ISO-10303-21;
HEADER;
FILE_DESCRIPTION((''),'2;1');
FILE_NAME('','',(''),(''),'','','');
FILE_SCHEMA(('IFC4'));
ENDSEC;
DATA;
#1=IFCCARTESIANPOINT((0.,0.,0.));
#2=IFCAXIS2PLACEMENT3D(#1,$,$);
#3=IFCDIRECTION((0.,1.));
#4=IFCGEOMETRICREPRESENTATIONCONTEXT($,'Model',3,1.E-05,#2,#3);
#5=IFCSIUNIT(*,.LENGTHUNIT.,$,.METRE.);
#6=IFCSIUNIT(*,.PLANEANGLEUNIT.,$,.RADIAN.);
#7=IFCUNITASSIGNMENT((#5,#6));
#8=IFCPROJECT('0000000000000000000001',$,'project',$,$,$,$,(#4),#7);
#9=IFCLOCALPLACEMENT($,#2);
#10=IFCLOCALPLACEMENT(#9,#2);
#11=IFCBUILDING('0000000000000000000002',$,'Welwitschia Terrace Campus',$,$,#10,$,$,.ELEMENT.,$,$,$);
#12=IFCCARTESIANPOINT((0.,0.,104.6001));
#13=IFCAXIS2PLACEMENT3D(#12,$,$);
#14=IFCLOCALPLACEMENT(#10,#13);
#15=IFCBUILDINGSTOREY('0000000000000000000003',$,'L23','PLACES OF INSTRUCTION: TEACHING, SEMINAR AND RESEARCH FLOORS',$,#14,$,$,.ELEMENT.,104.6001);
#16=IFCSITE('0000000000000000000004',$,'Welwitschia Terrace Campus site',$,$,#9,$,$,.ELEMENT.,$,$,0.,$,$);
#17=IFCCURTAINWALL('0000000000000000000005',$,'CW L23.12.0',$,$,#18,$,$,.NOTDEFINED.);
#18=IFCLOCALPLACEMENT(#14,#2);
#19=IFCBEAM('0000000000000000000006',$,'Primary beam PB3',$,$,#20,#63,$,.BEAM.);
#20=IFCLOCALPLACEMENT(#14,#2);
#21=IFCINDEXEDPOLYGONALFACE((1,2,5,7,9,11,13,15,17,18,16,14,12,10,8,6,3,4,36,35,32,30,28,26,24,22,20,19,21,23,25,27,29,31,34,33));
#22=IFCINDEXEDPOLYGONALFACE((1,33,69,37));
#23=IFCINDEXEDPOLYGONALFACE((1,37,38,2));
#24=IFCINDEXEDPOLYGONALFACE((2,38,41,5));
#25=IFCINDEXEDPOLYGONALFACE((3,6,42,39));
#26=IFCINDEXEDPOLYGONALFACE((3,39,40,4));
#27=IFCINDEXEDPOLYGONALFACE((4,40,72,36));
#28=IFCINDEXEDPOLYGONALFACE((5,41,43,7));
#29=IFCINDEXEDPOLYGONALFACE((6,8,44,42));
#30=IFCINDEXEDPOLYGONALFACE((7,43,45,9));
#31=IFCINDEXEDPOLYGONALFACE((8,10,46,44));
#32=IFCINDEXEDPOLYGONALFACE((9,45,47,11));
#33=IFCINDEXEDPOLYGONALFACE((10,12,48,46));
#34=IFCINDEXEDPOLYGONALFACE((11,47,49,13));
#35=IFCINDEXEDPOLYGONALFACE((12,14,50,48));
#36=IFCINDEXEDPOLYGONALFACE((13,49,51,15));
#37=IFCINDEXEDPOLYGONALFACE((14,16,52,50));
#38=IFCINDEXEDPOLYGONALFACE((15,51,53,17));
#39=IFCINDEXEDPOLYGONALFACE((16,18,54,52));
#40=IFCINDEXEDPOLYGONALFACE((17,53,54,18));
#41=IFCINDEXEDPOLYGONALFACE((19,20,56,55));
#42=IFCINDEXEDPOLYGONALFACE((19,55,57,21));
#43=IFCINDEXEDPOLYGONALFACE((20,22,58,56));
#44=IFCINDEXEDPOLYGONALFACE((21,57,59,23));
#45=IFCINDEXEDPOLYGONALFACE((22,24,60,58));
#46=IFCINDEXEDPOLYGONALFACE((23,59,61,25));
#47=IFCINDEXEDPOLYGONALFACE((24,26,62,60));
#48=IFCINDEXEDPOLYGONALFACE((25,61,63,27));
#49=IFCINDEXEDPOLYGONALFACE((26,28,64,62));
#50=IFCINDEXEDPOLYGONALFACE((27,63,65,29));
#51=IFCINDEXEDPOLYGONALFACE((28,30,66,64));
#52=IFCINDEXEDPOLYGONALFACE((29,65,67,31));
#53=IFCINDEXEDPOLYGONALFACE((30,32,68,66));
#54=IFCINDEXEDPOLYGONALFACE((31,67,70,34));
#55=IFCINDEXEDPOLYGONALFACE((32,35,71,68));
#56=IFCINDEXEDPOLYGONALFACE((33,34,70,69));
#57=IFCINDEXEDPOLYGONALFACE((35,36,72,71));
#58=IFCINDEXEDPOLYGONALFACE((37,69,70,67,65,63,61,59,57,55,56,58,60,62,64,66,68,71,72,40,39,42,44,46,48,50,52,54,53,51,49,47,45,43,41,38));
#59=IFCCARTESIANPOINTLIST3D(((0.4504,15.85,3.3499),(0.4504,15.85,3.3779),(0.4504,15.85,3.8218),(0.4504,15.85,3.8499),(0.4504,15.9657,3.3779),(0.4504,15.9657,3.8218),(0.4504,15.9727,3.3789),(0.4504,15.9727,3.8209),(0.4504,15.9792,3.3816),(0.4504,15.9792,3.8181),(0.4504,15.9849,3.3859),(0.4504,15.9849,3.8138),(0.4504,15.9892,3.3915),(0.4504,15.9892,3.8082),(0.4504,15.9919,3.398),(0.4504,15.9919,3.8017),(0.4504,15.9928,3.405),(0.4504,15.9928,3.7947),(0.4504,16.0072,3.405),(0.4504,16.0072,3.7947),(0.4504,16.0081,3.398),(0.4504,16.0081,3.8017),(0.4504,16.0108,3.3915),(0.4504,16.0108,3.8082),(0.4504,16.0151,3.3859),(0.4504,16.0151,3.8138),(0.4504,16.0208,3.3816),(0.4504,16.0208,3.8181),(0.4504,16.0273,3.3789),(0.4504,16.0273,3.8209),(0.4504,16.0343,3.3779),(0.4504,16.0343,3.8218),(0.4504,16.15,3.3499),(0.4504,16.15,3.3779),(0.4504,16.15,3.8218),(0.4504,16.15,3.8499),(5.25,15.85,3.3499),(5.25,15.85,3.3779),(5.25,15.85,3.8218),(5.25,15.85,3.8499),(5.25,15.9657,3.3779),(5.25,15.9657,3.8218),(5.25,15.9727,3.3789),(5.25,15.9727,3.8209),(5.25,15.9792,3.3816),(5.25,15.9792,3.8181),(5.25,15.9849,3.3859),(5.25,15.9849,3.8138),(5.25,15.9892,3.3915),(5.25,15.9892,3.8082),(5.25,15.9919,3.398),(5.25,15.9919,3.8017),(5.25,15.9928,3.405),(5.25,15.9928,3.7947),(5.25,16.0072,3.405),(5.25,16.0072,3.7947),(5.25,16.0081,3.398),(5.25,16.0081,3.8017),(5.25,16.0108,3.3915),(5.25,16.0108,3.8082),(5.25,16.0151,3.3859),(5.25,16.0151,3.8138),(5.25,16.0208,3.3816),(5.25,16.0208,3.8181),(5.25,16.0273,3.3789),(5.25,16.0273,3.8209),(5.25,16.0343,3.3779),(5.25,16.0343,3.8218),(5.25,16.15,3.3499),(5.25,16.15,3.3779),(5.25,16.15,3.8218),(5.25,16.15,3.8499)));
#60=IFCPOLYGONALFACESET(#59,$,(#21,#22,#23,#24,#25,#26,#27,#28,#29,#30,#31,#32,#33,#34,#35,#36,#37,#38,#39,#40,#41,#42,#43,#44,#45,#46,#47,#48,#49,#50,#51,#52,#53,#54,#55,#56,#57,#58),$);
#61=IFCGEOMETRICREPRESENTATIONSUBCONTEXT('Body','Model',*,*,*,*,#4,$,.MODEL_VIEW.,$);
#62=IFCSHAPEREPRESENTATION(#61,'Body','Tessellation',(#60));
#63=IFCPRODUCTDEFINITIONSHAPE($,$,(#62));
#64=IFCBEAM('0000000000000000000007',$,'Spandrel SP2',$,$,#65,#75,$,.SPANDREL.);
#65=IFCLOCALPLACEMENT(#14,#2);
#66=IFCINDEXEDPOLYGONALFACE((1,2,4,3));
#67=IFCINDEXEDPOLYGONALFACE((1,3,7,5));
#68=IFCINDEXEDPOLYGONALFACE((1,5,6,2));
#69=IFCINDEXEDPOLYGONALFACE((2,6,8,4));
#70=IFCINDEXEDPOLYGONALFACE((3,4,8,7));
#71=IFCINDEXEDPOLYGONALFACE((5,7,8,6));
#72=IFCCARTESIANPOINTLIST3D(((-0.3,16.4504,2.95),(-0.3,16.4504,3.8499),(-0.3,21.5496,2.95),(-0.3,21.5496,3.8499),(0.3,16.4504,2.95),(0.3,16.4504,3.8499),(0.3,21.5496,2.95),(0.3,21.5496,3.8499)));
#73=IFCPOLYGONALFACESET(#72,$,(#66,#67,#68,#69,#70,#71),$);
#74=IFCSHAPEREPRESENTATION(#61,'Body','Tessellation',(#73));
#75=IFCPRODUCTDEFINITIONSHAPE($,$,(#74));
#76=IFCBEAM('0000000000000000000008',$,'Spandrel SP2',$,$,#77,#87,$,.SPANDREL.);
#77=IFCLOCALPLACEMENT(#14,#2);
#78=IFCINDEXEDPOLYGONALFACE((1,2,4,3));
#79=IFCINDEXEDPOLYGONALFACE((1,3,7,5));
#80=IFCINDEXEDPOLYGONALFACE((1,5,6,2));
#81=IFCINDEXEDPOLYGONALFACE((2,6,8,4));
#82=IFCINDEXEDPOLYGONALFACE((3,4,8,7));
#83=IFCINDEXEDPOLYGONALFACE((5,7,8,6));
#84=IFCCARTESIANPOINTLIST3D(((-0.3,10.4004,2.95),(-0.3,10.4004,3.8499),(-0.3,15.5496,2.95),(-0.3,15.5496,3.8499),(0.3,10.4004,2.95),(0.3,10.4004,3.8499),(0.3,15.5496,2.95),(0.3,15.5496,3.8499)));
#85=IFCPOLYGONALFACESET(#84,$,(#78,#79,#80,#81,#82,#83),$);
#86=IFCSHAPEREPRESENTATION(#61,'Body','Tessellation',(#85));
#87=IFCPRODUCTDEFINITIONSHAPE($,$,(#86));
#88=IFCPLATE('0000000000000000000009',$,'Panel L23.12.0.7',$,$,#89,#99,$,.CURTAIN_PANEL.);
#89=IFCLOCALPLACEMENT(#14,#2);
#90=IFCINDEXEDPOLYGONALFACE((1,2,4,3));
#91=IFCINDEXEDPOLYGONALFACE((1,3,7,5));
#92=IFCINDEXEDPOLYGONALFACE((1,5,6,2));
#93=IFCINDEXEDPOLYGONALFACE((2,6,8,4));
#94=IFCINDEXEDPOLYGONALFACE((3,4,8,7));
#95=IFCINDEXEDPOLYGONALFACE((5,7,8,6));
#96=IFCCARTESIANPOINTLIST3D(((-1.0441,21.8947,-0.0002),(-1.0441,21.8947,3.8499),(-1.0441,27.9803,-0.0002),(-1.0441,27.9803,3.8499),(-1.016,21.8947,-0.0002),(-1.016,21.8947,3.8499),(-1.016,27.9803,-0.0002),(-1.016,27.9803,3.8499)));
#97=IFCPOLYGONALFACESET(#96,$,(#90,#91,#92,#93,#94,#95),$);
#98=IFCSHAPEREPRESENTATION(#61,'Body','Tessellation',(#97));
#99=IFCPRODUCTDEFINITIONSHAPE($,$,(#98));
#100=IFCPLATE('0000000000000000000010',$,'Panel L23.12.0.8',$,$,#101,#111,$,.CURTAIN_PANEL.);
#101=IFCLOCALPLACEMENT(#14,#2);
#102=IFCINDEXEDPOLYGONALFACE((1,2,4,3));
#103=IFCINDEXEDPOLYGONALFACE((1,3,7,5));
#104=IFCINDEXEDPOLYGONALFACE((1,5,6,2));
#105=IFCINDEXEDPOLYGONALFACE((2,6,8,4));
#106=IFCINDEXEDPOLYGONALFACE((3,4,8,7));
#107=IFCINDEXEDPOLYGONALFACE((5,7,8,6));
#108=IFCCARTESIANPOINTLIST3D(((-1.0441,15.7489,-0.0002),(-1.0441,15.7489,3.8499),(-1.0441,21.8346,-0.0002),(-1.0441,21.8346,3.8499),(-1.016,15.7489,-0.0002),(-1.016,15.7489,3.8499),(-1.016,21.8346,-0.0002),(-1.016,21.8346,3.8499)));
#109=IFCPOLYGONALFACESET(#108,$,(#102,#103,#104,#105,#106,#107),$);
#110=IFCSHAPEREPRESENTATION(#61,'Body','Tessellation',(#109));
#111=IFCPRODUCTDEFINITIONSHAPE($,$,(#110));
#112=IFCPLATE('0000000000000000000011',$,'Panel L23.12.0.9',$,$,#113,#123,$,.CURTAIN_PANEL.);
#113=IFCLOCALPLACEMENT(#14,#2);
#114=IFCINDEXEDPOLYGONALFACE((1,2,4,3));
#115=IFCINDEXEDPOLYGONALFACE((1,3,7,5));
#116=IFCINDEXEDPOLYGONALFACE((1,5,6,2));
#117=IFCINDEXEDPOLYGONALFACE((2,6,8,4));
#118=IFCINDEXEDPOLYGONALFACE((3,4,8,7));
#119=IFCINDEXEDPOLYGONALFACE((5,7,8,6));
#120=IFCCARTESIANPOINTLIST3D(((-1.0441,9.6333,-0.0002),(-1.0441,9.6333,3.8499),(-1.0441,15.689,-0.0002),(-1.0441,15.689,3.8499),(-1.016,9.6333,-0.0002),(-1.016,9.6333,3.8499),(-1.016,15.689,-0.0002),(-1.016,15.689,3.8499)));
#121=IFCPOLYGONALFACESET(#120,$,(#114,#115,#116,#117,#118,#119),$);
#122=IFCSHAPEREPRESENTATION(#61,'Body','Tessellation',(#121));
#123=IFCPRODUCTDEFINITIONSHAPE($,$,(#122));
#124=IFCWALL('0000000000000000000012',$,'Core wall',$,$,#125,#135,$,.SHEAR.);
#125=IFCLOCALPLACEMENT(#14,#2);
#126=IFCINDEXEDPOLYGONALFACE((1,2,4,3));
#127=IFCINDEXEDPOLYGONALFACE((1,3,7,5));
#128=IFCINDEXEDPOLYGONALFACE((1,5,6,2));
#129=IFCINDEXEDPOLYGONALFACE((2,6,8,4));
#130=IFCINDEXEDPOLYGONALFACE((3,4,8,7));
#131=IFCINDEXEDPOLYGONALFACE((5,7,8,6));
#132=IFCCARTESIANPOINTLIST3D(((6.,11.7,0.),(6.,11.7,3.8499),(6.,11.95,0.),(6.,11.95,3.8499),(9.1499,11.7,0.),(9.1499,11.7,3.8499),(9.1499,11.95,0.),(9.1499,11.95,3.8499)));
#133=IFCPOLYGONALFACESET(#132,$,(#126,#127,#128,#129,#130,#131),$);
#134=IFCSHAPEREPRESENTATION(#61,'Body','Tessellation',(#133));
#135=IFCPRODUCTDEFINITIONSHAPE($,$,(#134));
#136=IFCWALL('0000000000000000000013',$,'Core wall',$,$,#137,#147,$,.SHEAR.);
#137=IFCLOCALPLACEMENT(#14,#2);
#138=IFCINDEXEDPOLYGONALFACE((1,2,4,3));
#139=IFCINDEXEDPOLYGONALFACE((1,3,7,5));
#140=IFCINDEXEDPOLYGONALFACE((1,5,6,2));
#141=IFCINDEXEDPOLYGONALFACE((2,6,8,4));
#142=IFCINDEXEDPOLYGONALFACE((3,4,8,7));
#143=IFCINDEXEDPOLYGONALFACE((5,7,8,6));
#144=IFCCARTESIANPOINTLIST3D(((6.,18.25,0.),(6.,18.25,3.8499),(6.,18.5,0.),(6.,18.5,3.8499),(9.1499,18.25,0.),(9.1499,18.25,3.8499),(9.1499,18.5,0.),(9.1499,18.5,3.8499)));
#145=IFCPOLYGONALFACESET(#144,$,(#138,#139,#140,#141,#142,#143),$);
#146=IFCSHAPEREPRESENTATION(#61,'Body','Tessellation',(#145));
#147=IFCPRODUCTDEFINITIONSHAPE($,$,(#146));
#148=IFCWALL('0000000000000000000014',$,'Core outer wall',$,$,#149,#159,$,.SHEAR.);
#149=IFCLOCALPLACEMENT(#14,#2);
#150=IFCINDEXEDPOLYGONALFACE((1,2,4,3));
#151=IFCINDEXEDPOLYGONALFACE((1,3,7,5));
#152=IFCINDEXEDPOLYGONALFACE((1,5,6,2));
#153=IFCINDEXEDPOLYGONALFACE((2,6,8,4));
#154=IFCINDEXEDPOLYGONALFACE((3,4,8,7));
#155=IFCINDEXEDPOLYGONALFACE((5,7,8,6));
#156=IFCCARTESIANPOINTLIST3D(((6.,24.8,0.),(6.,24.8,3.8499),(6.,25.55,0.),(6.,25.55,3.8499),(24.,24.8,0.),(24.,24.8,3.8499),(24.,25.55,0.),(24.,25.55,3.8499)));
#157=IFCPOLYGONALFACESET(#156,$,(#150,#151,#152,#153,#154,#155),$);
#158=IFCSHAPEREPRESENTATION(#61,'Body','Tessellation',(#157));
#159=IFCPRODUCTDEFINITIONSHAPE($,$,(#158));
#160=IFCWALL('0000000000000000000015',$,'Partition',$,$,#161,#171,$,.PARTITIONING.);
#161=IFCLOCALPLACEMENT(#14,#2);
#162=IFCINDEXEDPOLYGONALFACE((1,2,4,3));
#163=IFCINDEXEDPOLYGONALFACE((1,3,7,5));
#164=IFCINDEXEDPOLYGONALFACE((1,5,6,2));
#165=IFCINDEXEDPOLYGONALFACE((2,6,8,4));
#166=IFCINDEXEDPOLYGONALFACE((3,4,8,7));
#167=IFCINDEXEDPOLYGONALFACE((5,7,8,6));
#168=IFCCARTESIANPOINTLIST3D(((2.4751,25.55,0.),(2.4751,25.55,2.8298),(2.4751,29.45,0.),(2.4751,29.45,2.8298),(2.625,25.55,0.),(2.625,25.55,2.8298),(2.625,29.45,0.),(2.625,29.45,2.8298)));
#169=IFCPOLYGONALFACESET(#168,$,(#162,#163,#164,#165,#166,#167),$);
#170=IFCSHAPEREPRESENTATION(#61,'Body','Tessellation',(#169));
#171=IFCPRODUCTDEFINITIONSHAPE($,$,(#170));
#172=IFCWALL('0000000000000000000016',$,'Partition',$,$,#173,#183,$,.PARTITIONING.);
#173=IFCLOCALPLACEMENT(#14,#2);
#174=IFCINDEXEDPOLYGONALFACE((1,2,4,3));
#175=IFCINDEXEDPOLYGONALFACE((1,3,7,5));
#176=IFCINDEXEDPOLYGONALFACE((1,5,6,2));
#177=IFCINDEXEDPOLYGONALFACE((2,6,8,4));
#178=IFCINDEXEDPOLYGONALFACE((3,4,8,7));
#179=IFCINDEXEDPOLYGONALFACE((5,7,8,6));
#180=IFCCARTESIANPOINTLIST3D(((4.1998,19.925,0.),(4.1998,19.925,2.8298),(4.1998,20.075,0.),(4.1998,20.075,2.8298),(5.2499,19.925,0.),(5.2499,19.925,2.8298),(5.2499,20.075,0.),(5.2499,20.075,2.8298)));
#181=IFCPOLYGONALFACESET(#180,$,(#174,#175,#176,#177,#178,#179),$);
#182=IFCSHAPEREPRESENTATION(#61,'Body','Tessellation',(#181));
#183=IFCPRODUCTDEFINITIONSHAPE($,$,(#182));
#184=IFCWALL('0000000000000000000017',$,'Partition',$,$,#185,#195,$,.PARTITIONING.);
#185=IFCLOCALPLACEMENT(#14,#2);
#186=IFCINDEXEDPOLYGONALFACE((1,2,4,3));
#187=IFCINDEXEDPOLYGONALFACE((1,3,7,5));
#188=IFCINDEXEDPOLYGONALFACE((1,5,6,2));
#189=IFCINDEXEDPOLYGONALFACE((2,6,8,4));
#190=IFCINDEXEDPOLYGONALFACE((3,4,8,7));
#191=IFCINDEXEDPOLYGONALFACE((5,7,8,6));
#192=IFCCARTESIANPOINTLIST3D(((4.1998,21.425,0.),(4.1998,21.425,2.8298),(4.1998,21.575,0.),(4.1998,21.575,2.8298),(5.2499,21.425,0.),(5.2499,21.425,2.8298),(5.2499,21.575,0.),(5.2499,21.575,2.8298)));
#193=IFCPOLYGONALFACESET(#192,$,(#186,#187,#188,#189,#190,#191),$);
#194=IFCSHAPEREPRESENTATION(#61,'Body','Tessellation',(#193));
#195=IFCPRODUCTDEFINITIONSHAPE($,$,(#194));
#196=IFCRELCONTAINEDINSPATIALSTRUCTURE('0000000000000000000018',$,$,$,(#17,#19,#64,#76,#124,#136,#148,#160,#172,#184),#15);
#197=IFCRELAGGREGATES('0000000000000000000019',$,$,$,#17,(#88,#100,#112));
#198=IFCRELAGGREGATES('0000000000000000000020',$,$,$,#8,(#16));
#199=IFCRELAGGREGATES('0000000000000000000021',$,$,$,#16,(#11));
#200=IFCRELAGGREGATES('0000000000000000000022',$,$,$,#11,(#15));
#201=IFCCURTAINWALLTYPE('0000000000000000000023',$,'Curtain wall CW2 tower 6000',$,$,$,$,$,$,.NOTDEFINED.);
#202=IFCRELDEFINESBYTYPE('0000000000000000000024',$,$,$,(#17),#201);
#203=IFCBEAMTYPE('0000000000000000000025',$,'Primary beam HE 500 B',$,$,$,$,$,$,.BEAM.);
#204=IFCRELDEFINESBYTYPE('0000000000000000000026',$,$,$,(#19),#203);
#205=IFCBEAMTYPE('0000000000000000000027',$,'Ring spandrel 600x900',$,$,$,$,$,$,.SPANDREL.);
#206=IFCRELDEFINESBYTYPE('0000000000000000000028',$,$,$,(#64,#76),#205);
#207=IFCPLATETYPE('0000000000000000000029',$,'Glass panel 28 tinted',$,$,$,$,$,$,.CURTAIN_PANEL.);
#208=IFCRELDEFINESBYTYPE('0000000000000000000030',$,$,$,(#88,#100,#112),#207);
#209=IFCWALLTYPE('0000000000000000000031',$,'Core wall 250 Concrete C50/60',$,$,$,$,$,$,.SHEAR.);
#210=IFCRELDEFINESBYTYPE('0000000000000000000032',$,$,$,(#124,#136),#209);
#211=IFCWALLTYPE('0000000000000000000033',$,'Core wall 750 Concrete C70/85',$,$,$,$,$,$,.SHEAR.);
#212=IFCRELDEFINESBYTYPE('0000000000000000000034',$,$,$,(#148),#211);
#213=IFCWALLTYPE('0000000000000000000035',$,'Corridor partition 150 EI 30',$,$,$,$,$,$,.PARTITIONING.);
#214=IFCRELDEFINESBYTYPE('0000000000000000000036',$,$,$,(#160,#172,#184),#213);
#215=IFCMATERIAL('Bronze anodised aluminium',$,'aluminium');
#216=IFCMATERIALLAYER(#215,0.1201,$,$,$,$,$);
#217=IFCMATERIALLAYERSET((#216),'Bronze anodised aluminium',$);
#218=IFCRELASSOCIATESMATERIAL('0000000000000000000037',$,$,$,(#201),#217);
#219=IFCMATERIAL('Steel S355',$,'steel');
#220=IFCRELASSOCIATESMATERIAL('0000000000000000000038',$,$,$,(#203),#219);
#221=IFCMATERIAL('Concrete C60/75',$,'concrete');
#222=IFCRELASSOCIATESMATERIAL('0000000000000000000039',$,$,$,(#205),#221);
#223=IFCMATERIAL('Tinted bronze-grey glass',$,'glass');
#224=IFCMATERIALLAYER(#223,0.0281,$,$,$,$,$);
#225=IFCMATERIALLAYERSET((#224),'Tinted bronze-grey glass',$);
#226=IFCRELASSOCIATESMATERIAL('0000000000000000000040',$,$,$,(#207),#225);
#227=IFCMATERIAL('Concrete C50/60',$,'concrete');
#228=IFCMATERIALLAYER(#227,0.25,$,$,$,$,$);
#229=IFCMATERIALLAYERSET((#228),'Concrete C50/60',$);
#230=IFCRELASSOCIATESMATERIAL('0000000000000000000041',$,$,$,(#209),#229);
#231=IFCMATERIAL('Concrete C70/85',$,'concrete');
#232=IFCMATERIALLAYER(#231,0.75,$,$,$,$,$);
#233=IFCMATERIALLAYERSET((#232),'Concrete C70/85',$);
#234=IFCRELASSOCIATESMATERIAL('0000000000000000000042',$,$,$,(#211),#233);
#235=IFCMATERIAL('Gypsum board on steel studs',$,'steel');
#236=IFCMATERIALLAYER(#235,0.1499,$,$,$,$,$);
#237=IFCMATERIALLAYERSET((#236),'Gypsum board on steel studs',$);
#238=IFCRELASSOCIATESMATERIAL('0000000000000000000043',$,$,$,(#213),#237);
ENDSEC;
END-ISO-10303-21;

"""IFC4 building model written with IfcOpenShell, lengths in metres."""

from ifc_helpers import new_model, si_unit, direction, frame, frame_2d, origin, origin_2d, place, context, subcontext, project, spatial, rectangle, i_section, extrude, material, layer, layer_set, material_profile, profile_set, type_object, element, aggregate, save


model = new_model("IFC4")

# Units and contexts
model_context = context("Model", 3, precision=1e-05, world=origin(), true_north=direction((0.0, 1.0)))
body_context = subcontext(model_context, "Body", "Model", "MODEL_VIEW")
ifc_project = project(units=[si_unit("LENGTHUNIT", "METRE"), si_unit("PLANEANGLEUNIT", "RADIAN")], contexts=[model_context])

# Site, building, storey
site_placement = place(None, origin())
site = spatial("IfcSite", under=ifc_project, at=site_placement, Name="Welwitschia Terrace Campus site", CompositionType="ELEMENT", RefElevation=0.0)
building_placement = place(site_placement, origin())
building = spatial("IfcBuilding", under=site, at=building_placement, Name="Welwitschia Terrace Campus", CompositionType="ELEMENT")
storey_placement = place(building_placement, frame((0.0, 0.0, 104.6001)))
storey = spatial("IfcBuildingStorey", under=building, at=storey_placement, Name="L23", Description="PLACES OF INSTRUCTION: TEACHING, SEMINAR AND RESEARCH FLOORS", CompositionType="ELEMENT", Elevation=104.6001)

# Curtain wall
ifc_material_1 = material(Name="Bronze anodised aluminium", Category="aluminium")
ifc_layer_1 = layer(ifc_material_1, 0.1201)
ifc_layer_set_1 = layer_set([ifc_layer_1], Name="Bronze anodised aluminium")
curtain_wall_type = type_object("IfcCurtainWallType", Name="Curtain wall CW2 tower 6000", PredefinedType="NOTDEFINED", material=ifc_layer_set_1)
curtain_wall_placement = place(storey_placement, origin())
curtain_wall = element("IfcCurtainWall", 1, at=curtain_wall_placement, inside=storey, type_object=curtain_wall_type, Name="CW L23.12.0", PredefinedType="NOTDEFINED")

# Beams
ifc_material_2 = material(Name="Steel S355", Category="steel")
ifc_material_profile_1 = material_profile(ifc_material_2, i_section(OverallWidth=0.3, OverallDepth=0.5, WebThickness=0.0144, FlangeThickness=0.0281, FilletRadius=0.0271, at=origin_2d()))
ifc_profile_set_1 = profile_set([ifc_material_profile_1], Name="Steel S355")
beam_type_1 = type_object("IfcBeamType", Name="Primary beam HE 500 B", PredefinedType="BEAM", material=ifc_profile_set_1)
beam_1_placement = place(storey_placement, frame((0.4504, 16.0, 3.5999), z_axis=(1.0, 0.0, 0.0), x_axis=(0.0, 1.0, 0.0)))
element("IfcBeam", 2, at=beam_1_placement, inside=storey, type_object=beam_type_1, Name="Primary beam PB3", PredefinedType="BEAM", context=body_context, shape_type="SweptSolid", body=[
    extrude(i_section(OverallWidth=0.3, OverallDepth=0.5, WebThickness=0.0144, FlangeThickness=0.0281, FilletRadius=0.0271, at=origin_2d()), origin(), (0.0, 0.0, 1.0), 4.7996),
])
ifc_material_3 = material(Name="Concrete C60/75", Category="concrete")
ifc_material_profile_2 = material_profile(ifc_material_3, rectangle(XDim=0.6001, YDim=0.8999, at=origin_2d()))
ifc_profile_set_2 = profile_set([ifc_material_profile_2], Name="Concrete C60/75")
beam_type_2 = type_object("IfcBeamType", Name="Ring spandrel 600x900", PredefinedType="SPANDREL", material=ifc_profile_set_2)
beam_2_placement = place(storey_placement, frame((0.0, 21.5496, 3.3999), z_axis=(0.0, -1.0, 0.0), x_axis=(1.0, 0.0, 0.0)))
element("IfcBeam", 3, at=beam_2_placement, inside=storey, type_object=beam_type_2, Name="Spandrel SP2", PredefinedType="SPANDREL", context=body_context, shape_type="SweptSolid", body=[
    extrude(rectangle(XDim=0.6001, YDim=0.8999, at=origin_2d()), origin(), (0.0, 0.0, 1.0), 5.0991),
])
beam_3_placement = place(storey_placement, frame((0.0, 15.5496, 3.3999), z_axis=(0.0, -1.0, 0.0), x_axis=(1.0, 0.0, 0.0)))
element("IfcBeam", 4, at=beam_3_placement, inside=storey, type_object=beam_type_2, Name="Spandrel SP2", PredefinedType="SPANDREL", context=body_context, shape_type="SweptSolid", body=[
    extrude(rectangle(XDim=0.6001, YDim=0.8999, at=origin_2d()), origin(), (0.0, 0.0, 1.0), 5.1492),
])

# Plates
ifc_material_4 = material(Name="Tinted bronze-grey glass", Category="glass")
ifc_layer_2 = layer(ifc_material_4, 0.0281)
ifc_layer_set_2 = layer_set([ifc_layer_2], Name="Tinted bronze-grey glass")
plate_type = type_object("IfcPlateType", Name="Glass panel 28 tinted", PredefinedType="CURTAIN_PANEL", material=ifc_layer_set_2)
plate_1_placement = place(storey_placement, frame((-1.03, 24.9375, -0.0002), z_axis=(0.0, 0.0, 1.0), x_axis=(0.0, -1.0, 0.0)))
plate_1 = element("IfcPlate", 5, at=plate_1_placement, type_object=plate_type, Name="Panel L23.12.0.7", PredefinedType="CURTAIN_PANEL", context=body_context, shape_type="SweptSolid", body=[
    extrude(rectangle(XDim=6.0857, YDim=0.0281, at=origin_2d()), origin(), (0.0, 0.0, 1.0), 3.8501),
])
plate_2_placement = place(storey_placement, frame((-1.03, 18.7917, -0.0002), z_axis=(0.0, 0.0, 1.0), x_axis=(0.0, -1.0, 0.0)))
plate_2 = element("IfcPlate", 6, at=plate_2_placement, type_object=plate_type, Name="Panel L23.12.0.8", PredefinedType="CURTAIN_PANEL", context=body_context, shape_type="SweptSolid", body=[
    extrude(rectangle(XDim=6.0857, YDim=0.0281, at=origin_2d()), origin(), (0.0, 0.0, 1.0), 3.8501),
])
plate_3_placement = place(storey_placement, frame((-1.03, 12.6611, -0.0002), z_axis=(0.0, 0.0, 1.0), x_axis=(0.0, -1.0, 0.0)))
plate_3 = element("IfcPlate", 7, at=plate_3_placement, type_object=plate_type, Name="Panel L23.12.0.9", PredefinedType="CURTAIN_PANEL", context=body_context, shape_type="SweptSolid", body=[
    extrude(rectangle(XDim=6.0557, YDim=0.0281, at=origin_2d()), origin(), (0.0, 0.0, 1.0), 3.8501),
])
aggregate(curtain_wall, [plate_1, plate_2, plate_3])

# Walls
ifc_material_5 = material(Name="Concrete C50/60", Category="concrete")
ifc_layer_3 = layer(ifc_material_5, 0.25)
ifc_layer_set_3 = layer_set([ifc_layer_3], Name="Concrete C50/60")
wall_type_1 = type_object("IfcWallType", Name="Core wall 250 Concrete C50/60", PredefinedType="SHEAR", material=ifc_layer_set_3)
for number, where, z_axis, x_axis, name in (
    (8, (6.0, 11.825, 0.0), (0.0, 0.0, 1.0), (1.0, 0.0, 0.0), "Core wall"),
    (9, (6.0, 18.375, 0.0), (0.0, 0.0, 1.0), (1.0, 0.0, 0.0), "Core wall"),
):
    element("IfcWall", number, at=place(storey_placement, frame(where, z_axis=z_axis, x_axis=x_axis)), inside=storey, type_object=wall_type_1, Name=name, PredefinedType="SHEAR", context=body_context, shape_type="SweptSolid", body=[
        extrude(rectangle(XDim=3.1499, YDim=0.25, at=frame_2d((1.575, 0.0))), origin(), (0.0, 0.0, 1.0), 3.8499),
    ])
ifc_material_6 = material(Name="Concrete C70/85", Category="concrete")
ifc_layer_4 = layer(ifc_material_6, 0.75)
ifc_layer_set_4 = layer_set([ifc_layer_4], Name="Concrete C70/85")
wall_type_2 = type_object("IfcWallType", Name="Core wall 750 Concrete C70/85", PredefinedType="SHEAR", material=ifc_layer_set_4)
wall_1_placement = place(storey_placement, frame((6.0, 25.175, 0.0), z_axis=(0.0, 0.0, 1.0), x_axis=(1.0, 0.0, 0.0)))
element("IfcWall", 10, at=wall_1_placement, inside=storey, type_object=wall_type_2, Name="Core outer wall", PredefinedType="SHEAR", context=body_context, shape_type="SweptSolid", body=[
    extrude(rectangle(XDim=18.0, YDim=0.75, at=frame_2d((9.0, 0.0))), origin(), (0.0, 0.0, 1.0), 3.8499),
])
ifc_material_7 = material(Name="Gypsum board on steel studs", Category="steel")
ifc_layer_5 = layer(ifc_material_7, 0.1499)
ifc_layer_set_5 = layer_set([ifc_layer_5], Name="Gypsum board on steel studs")
wall_type_3 = type_object("IfcWallType", Name="Corridor partition 150 EI 30", PredefinedType="PARTITIONING", material=ifc_layer_set_5)
wall_2_placement = place(storey_placement, frame((2.55, 25.55, 0.0), z_axis=(0.0, 0.0, 1.0), x_axis=(0.0, 1.0, 0.0)))
element("IfcWall", 11, at=wall_2_placement, inside=storey, type_object=wall_type_3, Name="Partition", PredefinedType="PARTITIONING", context=body_context, shape_type="SweptSolid", body=[
    extrude(rectangle(XDim=3.8999, YDim=0.1499, at=frame_2d((1.95, 0.0))), origin(), (0.0, 0.0, 1.0), 2.8298),
])
for number, where, z_axis, x_axis, name in (
    (12, (4.2, 20.0, 0.0), (0.0, 0.0, 1.0), (1.0, 0.0, 0.0), "Partition"),
    (13, (4.2, 21.5, 0.0), (0.0, 0.0, 1.0), (1.0, 0.0, 0.0), "Partition"),
):
    element("IfcWall", number, at=place(storey_placement, frame(where, z_axis=z_axis, x_axis=x_axis)), inside=storey, type_object=wall_type_3, Name=name, PredefinedType="PARTITIONING", context=body_context, shape_type="SweptSolid", body=[
        extrude(rectangle(XDim=1.05, YDim=0.1499, at=frame_2d((0.5249, 0.0))), origin(), (0.0, 0.0, 1.0), 2.8298),
    ])

save(model, "model.ifc")
